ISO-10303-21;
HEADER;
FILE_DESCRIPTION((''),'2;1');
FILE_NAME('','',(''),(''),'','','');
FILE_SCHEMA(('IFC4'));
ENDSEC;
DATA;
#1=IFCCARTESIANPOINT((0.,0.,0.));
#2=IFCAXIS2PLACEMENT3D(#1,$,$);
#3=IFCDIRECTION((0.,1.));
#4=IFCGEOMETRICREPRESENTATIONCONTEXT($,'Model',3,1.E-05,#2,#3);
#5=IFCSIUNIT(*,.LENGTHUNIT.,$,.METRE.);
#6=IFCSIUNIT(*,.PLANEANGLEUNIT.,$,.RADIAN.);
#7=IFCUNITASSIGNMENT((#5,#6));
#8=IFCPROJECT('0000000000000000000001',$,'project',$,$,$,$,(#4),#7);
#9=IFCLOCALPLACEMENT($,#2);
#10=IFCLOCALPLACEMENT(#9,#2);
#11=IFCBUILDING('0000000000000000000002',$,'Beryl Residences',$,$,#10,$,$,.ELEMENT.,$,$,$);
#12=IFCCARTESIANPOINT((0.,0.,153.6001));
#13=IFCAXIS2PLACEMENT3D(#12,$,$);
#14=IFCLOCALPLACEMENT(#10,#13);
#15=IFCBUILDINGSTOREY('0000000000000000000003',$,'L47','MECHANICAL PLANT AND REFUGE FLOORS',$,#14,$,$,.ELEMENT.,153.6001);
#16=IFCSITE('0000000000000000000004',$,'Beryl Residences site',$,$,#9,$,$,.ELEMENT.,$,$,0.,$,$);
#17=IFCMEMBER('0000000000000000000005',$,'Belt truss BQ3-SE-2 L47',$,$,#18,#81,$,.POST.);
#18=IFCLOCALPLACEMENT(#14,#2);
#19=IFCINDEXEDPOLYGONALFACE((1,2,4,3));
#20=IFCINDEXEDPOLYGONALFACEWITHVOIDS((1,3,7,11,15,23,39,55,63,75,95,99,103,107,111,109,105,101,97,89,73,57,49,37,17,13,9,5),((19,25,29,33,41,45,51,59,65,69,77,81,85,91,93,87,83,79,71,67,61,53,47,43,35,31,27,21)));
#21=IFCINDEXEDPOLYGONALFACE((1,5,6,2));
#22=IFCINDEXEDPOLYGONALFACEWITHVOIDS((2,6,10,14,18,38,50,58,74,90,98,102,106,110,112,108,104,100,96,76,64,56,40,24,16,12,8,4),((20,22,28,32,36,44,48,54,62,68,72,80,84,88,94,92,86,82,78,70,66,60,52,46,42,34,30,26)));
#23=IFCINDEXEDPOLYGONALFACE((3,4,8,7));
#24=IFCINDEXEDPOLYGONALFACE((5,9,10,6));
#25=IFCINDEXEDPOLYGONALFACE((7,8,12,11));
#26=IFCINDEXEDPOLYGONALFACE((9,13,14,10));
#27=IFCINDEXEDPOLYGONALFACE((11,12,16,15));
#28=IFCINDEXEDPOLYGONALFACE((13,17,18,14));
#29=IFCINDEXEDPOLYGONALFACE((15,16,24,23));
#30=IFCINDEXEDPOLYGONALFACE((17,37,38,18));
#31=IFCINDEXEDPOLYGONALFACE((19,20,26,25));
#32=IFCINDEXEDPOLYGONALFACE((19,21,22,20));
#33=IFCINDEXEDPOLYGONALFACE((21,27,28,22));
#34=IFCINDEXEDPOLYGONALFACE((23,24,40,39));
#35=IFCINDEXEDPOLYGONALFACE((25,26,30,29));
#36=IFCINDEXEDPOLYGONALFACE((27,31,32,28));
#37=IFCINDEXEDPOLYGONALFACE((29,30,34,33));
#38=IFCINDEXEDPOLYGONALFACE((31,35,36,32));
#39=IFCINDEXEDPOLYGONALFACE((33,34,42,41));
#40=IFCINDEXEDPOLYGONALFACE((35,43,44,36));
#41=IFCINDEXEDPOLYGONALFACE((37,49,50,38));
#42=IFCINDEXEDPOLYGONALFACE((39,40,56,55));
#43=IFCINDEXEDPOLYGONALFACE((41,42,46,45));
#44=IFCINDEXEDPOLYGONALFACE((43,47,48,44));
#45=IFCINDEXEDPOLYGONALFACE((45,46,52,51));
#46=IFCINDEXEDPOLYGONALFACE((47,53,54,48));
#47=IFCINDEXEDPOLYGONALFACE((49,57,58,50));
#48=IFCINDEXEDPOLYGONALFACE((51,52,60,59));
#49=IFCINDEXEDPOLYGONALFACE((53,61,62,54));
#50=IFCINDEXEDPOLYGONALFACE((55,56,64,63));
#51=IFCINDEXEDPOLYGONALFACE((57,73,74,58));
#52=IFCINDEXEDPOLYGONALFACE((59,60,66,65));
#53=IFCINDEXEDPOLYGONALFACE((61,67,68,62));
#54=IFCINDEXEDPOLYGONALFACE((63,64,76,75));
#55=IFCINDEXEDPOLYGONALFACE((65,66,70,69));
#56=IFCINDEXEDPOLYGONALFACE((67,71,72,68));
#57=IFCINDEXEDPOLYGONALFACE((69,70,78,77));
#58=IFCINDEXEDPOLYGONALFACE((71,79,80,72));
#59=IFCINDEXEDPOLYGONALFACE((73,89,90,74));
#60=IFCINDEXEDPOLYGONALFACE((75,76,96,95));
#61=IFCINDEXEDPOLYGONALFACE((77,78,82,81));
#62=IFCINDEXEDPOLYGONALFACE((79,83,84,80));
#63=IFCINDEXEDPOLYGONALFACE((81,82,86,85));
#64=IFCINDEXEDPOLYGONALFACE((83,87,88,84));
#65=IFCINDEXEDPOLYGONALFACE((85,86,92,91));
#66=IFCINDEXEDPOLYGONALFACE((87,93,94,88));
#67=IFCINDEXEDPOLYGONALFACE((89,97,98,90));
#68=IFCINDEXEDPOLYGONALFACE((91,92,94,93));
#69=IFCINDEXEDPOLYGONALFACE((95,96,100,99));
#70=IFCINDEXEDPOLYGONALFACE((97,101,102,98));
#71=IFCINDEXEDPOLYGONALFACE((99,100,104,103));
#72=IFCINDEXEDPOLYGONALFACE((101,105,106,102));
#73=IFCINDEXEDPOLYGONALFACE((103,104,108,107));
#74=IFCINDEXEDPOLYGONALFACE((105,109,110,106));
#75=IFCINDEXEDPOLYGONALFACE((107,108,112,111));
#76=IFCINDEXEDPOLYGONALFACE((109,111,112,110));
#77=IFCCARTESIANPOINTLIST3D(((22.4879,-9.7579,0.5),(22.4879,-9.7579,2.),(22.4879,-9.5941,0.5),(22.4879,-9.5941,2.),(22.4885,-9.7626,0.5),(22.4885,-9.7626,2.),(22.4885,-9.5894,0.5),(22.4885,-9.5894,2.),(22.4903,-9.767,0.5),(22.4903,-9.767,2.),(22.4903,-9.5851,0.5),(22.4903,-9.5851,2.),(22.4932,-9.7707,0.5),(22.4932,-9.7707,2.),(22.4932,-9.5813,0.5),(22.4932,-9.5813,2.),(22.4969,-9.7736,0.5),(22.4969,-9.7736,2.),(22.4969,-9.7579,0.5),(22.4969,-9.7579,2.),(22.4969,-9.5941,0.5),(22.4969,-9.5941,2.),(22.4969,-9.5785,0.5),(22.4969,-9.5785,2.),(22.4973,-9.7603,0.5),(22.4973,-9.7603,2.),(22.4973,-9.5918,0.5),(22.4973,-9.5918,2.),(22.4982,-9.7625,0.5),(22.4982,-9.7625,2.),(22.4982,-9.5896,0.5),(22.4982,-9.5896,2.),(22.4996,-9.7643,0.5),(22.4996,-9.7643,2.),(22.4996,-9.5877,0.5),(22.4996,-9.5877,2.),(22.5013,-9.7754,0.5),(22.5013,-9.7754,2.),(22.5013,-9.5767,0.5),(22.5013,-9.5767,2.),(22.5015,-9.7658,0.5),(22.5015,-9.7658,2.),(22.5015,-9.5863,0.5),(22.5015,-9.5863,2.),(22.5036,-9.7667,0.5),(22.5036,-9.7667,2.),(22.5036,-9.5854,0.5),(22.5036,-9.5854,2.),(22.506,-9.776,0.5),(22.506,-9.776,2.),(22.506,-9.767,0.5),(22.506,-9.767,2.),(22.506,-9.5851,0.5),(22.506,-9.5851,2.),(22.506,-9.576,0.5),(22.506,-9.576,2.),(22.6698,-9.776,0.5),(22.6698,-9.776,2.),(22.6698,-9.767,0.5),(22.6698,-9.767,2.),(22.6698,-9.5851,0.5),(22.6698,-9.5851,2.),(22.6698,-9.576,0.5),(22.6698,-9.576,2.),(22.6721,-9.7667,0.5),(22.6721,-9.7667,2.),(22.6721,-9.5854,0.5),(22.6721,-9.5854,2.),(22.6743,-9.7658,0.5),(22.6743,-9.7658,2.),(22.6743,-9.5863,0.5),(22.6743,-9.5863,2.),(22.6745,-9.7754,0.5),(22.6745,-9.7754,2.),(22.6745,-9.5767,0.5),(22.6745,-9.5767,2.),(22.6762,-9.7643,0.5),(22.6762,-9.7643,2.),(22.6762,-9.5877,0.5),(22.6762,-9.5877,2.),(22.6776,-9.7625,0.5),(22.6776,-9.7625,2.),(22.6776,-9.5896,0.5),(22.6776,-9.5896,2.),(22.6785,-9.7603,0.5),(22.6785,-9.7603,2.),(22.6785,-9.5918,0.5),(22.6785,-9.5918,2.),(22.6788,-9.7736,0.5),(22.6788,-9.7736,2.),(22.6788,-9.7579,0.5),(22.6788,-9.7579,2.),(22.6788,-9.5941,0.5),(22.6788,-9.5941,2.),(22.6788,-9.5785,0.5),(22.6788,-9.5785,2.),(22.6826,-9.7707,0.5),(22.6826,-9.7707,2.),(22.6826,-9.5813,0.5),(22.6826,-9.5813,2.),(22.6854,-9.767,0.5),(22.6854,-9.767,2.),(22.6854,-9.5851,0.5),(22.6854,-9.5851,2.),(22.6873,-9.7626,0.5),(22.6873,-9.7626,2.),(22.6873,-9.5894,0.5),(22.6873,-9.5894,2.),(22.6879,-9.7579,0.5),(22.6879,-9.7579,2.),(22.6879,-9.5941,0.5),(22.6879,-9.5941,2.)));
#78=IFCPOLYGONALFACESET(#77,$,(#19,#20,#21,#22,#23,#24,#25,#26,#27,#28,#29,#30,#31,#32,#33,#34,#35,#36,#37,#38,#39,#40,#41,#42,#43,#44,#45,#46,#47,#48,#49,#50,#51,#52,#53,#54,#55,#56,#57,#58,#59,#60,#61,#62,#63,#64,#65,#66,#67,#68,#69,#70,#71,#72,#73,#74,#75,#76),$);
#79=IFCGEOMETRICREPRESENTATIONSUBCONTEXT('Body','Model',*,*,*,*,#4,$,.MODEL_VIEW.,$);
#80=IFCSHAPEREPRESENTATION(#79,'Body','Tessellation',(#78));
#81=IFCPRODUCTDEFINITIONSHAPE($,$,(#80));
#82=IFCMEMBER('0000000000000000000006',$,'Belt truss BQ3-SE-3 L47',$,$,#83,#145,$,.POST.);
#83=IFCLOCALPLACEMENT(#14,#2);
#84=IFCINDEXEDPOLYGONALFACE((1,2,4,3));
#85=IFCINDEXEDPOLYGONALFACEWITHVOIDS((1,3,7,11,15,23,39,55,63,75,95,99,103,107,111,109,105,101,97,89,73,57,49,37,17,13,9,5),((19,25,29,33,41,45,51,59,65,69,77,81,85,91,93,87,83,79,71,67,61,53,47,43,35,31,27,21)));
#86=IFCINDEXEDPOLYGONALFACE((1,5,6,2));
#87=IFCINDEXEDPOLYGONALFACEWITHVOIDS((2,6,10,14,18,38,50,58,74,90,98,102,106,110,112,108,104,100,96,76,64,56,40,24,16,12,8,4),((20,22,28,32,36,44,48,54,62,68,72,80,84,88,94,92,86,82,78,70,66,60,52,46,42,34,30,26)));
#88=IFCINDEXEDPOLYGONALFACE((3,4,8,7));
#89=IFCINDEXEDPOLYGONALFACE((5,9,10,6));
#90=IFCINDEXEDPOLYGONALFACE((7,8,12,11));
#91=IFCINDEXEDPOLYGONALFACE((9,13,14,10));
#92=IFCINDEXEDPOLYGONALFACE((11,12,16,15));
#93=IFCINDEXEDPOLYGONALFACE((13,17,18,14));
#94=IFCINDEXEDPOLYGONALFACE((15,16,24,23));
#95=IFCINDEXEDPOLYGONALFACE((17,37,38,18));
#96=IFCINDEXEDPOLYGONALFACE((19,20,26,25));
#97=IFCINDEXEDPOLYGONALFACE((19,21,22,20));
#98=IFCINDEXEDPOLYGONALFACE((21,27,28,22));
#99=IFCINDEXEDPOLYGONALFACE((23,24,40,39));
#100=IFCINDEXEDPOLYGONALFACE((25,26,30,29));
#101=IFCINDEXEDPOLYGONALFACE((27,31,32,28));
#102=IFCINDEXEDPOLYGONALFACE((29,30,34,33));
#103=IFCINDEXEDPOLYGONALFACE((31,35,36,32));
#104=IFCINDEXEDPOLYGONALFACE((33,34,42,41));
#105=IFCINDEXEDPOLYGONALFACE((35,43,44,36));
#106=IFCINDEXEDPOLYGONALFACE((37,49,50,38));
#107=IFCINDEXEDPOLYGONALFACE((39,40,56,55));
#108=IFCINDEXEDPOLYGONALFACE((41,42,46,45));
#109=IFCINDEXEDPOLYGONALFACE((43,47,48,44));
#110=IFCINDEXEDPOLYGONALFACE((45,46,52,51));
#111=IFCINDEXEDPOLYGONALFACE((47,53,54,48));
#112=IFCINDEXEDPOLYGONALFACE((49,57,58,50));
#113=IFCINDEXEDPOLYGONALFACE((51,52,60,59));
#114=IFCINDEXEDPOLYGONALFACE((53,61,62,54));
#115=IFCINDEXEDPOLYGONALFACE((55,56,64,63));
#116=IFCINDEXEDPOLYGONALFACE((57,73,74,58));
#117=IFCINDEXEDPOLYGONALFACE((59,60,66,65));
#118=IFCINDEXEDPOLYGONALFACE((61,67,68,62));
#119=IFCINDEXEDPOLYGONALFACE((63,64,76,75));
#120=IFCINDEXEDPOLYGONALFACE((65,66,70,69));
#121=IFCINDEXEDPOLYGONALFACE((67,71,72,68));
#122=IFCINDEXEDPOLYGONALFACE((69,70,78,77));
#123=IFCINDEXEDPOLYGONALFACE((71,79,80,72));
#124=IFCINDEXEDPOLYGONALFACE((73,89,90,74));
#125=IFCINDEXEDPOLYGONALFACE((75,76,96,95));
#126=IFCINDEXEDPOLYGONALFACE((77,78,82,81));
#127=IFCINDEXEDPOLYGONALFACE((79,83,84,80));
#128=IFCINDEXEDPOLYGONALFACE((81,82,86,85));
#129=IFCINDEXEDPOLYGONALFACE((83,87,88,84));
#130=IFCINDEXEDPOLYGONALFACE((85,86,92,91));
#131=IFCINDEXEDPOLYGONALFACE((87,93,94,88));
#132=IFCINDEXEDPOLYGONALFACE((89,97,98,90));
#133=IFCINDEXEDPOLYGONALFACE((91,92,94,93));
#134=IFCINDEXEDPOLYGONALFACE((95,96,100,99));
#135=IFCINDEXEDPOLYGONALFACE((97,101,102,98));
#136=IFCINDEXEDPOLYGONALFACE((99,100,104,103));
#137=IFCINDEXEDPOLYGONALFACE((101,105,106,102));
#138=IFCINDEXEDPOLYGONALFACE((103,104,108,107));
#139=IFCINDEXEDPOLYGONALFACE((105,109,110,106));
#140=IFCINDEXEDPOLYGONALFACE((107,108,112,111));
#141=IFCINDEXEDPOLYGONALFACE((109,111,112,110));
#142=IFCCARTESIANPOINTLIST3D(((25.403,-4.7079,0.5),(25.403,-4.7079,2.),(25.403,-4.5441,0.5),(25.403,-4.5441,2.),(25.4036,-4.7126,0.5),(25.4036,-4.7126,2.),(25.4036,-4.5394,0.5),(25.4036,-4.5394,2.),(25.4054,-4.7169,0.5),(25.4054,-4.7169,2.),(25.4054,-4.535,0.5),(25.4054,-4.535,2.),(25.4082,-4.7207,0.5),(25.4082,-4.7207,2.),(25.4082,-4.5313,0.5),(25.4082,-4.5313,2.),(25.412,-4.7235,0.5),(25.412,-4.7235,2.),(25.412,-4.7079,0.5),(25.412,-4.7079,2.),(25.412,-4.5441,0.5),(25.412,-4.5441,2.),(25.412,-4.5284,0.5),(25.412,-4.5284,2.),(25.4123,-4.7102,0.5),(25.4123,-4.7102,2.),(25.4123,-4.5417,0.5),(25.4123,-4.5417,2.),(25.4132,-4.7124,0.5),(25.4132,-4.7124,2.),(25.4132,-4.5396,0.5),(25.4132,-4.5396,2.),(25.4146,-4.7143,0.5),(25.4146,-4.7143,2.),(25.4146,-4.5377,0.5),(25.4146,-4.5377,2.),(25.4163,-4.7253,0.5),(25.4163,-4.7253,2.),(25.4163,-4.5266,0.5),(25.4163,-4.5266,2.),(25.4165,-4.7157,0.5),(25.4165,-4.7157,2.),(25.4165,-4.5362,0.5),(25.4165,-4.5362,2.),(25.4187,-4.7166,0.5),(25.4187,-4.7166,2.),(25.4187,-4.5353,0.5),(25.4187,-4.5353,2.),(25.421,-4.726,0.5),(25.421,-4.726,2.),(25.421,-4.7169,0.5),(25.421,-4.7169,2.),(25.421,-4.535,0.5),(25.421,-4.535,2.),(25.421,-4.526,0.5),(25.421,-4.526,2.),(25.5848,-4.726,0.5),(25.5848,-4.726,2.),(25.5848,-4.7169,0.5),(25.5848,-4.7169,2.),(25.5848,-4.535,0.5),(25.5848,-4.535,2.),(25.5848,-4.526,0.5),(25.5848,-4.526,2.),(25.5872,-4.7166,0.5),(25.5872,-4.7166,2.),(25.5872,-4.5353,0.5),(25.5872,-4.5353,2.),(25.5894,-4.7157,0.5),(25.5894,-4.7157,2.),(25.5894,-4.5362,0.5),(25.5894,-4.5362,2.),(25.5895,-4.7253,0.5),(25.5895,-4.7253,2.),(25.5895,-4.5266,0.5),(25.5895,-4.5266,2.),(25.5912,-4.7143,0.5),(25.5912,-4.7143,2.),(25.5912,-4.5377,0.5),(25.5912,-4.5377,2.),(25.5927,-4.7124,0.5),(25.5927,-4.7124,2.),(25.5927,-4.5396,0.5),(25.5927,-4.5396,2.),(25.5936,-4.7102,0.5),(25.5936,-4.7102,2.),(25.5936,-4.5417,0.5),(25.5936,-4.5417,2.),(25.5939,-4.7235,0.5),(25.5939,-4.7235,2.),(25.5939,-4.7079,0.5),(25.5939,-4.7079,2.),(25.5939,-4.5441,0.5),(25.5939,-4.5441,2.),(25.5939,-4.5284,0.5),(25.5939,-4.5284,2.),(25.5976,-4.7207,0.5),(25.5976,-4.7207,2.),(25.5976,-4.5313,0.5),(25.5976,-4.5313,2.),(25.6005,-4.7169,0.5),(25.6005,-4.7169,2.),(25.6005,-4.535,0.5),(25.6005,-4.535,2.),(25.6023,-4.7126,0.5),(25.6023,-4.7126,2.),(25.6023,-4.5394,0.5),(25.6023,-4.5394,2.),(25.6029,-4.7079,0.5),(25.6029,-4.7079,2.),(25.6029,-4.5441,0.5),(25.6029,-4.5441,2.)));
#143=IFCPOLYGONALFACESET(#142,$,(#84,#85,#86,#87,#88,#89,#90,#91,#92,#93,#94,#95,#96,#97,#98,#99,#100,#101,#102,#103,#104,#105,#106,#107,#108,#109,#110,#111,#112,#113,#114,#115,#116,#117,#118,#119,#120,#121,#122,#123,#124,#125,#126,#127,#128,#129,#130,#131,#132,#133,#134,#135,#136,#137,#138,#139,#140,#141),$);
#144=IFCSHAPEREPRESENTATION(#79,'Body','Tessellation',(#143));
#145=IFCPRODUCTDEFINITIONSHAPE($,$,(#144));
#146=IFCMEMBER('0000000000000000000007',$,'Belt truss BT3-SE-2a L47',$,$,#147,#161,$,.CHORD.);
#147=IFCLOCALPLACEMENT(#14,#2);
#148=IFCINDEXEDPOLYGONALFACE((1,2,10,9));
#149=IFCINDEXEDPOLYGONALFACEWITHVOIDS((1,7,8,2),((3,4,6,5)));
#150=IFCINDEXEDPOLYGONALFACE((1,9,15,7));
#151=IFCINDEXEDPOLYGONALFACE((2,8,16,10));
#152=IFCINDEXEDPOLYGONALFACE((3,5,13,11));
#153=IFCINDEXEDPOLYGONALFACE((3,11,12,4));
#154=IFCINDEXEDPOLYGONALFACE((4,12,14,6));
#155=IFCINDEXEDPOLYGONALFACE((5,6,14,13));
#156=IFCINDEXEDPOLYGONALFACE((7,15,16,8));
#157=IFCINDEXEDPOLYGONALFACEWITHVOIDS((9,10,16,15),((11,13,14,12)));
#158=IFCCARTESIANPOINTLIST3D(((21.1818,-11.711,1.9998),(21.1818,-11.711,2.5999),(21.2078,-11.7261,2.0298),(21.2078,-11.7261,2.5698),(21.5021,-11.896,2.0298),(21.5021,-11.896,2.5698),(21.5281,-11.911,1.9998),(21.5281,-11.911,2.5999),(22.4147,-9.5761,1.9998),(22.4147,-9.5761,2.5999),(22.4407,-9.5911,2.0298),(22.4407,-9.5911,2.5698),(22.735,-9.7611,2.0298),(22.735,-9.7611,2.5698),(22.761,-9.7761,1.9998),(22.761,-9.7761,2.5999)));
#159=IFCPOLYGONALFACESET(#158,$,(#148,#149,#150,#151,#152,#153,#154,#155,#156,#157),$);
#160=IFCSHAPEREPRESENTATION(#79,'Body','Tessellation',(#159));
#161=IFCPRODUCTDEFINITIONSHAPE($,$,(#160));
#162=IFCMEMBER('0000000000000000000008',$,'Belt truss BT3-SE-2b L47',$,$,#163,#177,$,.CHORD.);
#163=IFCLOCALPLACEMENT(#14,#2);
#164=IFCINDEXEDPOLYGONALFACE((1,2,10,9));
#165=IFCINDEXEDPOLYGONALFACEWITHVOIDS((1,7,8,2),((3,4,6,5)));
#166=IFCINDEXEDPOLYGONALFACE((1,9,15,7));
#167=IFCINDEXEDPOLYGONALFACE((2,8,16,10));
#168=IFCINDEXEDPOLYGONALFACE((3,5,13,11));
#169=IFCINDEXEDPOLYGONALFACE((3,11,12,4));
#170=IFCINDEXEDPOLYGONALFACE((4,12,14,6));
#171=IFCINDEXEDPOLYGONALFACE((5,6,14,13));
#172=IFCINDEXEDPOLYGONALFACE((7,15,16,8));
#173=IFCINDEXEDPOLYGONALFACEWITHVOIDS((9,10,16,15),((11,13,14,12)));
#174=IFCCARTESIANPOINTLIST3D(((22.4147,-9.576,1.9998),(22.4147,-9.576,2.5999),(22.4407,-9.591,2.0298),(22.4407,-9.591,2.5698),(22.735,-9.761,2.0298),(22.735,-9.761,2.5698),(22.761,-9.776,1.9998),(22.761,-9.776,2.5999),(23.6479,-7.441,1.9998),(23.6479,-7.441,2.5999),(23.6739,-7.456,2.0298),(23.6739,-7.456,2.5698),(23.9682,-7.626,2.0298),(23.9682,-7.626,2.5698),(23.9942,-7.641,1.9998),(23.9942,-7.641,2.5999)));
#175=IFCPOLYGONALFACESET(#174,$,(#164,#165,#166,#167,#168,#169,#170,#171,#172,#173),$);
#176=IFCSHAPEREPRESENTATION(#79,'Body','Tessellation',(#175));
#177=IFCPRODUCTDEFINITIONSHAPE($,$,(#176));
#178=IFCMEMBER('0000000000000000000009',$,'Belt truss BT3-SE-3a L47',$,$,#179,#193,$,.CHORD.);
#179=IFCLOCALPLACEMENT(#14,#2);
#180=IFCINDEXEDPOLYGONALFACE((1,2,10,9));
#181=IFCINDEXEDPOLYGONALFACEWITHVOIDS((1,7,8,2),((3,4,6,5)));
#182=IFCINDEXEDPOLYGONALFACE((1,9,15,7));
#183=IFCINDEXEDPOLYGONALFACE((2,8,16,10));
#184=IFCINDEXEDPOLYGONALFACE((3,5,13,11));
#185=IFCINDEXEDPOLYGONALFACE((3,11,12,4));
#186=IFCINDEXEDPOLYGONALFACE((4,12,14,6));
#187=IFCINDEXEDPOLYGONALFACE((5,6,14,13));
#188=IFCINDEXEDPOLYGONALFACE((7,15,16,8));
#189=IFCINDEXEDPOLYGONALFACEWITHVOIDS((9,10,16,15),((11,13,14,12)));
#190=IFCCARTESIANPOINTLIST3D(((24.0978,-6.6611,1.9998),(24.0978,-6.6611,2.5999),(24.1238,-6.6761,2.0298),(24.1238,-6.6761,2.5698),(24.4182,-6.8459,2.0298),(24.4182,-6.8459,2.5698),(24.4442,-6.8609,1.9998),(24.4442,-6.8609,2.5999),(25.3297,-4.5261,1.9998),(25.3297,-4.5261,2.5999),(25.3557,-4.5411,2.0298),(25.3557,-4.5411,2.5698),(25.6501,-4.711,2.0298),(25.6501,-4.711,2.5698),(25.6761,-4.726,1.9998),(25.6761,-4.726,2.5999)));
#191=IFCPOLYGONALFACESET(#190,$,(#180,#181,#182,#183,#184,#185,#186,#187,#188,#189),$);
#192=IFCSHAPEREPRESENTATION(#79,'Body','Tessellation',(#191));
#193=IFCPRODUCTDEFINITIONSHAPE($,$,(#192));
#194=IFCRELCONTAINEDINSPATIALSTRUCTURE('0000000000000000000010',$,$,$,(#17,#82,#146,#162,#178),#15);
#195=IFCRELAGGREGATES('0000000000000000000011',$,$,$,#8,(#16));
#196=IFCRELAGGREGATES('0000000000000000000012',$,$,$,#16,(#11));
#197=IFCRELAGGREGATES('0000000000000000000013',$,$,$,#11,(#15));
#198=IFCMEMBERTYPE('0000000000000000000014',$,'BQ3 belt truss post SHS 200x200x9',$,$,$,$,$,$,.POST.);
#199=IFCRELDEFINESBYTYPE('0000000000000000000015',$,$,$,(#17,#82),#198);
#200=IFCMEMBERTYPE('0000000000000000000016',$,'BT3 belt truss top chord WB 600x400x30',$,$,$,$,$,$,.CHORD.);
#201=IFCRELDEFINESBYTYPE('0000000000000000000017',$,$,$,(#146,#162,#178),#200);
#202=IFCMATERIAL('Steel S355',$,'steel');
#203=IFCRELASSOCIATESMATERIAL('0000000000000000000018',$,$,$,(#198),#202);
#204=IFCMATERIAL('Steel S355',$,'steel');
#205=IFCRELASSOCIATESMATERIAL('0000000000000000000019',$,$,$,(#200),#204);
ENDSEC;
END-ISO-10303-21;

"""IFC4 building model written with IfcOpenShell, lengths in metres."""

from ifc_helpers import new_model, si_unit, direction, frame, origin, origin_2d, place, context, subcontext, project, spatial, hollow_rectangle, extrude, material, material_profile, profile_set, type_object, element, save


model = new_model("IFC4")

# Units and contexts
model_context = context("Model", 3, precision=1e-05, world=origin(), true_north=direction((0.0, 1.0)))
body_context = subcontext(model_context, "Body", "Model", "MODEL_VIEW")
ifc_project = project(units=[si_unit("LENGTHUNIT", "METRE"), si_unit("PLANEANGLEUNIT", "RADIAN")], contexts=[model_context])

# Site, building, storey
site_placement = place(None, origin())
site = spatial("IfcSite", under=ifc_project, at=site_placement, Name="Beryl Residences site", CompositionType="ELEMENT", RefElevation=0.0)
building_placement = place(site_placement, origin())
building = spatial("IfcBuilding", under=site, at=building_placement, Name="Beryl Residences", CompositionType="ELEMENT")
storey_placement = place(building_placement, frame((0.0, 0.0, 153.6001)))
storey = spatial("IfcBuildingStorey", under=building, at=storey_placement, Name="L47", Description="MECHANICAL PLANT AND REFUGE FLOORS", CompositionType="ELEMENT", Elevation=153.6001)

# Members
ifc_material_1 = material(Name="Steel S355", Category="steel")
ifc_material_profile_1 = material_profile(ifc_material_1, hollow_rectangle(XDim=0.2, YDim=0.2, WallThickness=0.009, InnerFilletRadius=0.009, OuterFilletRadius=0.0181, at=origin_2d()))
ifc_profile_set_1 = profile_set([ifc_material_profile_1], Name="Steel S355")
member_type_1 = type_object("IfcMemberType", Name="BQ3 belt truss post SHS 200x200x9", PredefinedType="POST", material=ifc_profile_set_1)
for number, where, z_axis, x_axis, name in (
    (1, (22.5879, -9.676, 0.5), (0.0, 0.0, 1.0), (1.0, 0.0, 0.0), "Belt truss BQ3-SE-2 L47"),
    (2, (25.5029, -4.626, 0.5), (0.0, 0.0, 1.0), (1.0, 0.0, 0.0), "Belt truss BQ3-SE-3 L47"),
):
    element("IfcMember", number, at=place(storey_placement, frame(where, z_axis=z_axis, x_axis=x_axis)), inside=storey, type_object=member_type_1, Name=name, PredefinedType="POST", context=body_context, shape_type="SweptSolid", body=[
        extrude(hollow_rectangle(XDim=0.2, YDim=0.2, WallThickness=0.009, InnerFilletRadius=0.009, OuterFilletRadius=0.0181, at=origin_2d()), origin(), (0.0, 0.0, 1.0), 1.5),
    ])
ifc_material_2 = material(Name="Steel S355", Category="steel")
ifc_material_profile_2 = material_profile(ifc_material_2, hollow_rectangle(XDim=0.3999, YDim=0.6001, WallThickness=0.03, at=origin_2d()))
ifc_profile_set_2 = profile_set([ifc_material_profile_2], Name="Steel S355")
member_type_2 = type_object("IfcMemberType", Name="BT3 belt truss top chord WB 600x400x30", PredefinedType="CHORD", material=ifc_profile_set_2)
member_1_placement = place(storey_placement, frame((21.355, -11.811, 2.2998), z_axis=(0.50008, 0.865979, 0.0), x_axis=(-0.865979, 0.50008, 0.0)))
element("IfcMember", 3, at=member_1_placement, inside=storey, type_object=member_type_2, Name="Belt truss BT3-SE-2a L47", PredefinedType="CHORD", context=body_context, shape_type="SweptSolid", body=[
    extrude(hollow_rectangle(XDim=0.3999, YDim=0.6001, WallThickness=0.03, at=origin_2d()), origin(), (0.0, 0.0, 1.0), 2.4653),
])
member_2_placement = place(storey_placement, frame((22.5879, -9.676, 2.2998), z_axis=(0.500154, 0.865937, 0.0), x_axis=(-0.865937, 0.500154, 0.0)))
element("IfcMember", 4, at=member_2_placement, inside=storey, type_object=member_type_2, Name="Belt truss BT3-SE-2b L47", PredefinedType="CHORD", context=body_context, shape_type="SweptSolid", body=[
    extrude(hollow_rectangle(XDim=0.3999, YDim=0.6001, WallThickness=0.03, at=origin_2d()), origin(), (0.0, 0.0, 1.0), 2.4656),
])
member_3_placement = place(storey_placement, frame((24.271, -6.761, 2.2998), z_axis=(0.499782, 0.866151, 0.0), x_axis=(-0.866151, 0.499782, 0.0)))
element("IfcMember", 5, at=member_3_placement, inside=storey, type_object=member_type_2, Name="Belt truss BT3-SE-3a L47", PredefinedType="CHORD", context=body_context, shape_type="SweptSolid", body=[
    extrude(hollow_rectangle(XDim=0.3999, YDim=0.6001, WallThickness=0.03, at=origin_2d()), origin(), (0.0, 0.0, 1.0), 2.4648),
])

save(model, "model.ifc")
